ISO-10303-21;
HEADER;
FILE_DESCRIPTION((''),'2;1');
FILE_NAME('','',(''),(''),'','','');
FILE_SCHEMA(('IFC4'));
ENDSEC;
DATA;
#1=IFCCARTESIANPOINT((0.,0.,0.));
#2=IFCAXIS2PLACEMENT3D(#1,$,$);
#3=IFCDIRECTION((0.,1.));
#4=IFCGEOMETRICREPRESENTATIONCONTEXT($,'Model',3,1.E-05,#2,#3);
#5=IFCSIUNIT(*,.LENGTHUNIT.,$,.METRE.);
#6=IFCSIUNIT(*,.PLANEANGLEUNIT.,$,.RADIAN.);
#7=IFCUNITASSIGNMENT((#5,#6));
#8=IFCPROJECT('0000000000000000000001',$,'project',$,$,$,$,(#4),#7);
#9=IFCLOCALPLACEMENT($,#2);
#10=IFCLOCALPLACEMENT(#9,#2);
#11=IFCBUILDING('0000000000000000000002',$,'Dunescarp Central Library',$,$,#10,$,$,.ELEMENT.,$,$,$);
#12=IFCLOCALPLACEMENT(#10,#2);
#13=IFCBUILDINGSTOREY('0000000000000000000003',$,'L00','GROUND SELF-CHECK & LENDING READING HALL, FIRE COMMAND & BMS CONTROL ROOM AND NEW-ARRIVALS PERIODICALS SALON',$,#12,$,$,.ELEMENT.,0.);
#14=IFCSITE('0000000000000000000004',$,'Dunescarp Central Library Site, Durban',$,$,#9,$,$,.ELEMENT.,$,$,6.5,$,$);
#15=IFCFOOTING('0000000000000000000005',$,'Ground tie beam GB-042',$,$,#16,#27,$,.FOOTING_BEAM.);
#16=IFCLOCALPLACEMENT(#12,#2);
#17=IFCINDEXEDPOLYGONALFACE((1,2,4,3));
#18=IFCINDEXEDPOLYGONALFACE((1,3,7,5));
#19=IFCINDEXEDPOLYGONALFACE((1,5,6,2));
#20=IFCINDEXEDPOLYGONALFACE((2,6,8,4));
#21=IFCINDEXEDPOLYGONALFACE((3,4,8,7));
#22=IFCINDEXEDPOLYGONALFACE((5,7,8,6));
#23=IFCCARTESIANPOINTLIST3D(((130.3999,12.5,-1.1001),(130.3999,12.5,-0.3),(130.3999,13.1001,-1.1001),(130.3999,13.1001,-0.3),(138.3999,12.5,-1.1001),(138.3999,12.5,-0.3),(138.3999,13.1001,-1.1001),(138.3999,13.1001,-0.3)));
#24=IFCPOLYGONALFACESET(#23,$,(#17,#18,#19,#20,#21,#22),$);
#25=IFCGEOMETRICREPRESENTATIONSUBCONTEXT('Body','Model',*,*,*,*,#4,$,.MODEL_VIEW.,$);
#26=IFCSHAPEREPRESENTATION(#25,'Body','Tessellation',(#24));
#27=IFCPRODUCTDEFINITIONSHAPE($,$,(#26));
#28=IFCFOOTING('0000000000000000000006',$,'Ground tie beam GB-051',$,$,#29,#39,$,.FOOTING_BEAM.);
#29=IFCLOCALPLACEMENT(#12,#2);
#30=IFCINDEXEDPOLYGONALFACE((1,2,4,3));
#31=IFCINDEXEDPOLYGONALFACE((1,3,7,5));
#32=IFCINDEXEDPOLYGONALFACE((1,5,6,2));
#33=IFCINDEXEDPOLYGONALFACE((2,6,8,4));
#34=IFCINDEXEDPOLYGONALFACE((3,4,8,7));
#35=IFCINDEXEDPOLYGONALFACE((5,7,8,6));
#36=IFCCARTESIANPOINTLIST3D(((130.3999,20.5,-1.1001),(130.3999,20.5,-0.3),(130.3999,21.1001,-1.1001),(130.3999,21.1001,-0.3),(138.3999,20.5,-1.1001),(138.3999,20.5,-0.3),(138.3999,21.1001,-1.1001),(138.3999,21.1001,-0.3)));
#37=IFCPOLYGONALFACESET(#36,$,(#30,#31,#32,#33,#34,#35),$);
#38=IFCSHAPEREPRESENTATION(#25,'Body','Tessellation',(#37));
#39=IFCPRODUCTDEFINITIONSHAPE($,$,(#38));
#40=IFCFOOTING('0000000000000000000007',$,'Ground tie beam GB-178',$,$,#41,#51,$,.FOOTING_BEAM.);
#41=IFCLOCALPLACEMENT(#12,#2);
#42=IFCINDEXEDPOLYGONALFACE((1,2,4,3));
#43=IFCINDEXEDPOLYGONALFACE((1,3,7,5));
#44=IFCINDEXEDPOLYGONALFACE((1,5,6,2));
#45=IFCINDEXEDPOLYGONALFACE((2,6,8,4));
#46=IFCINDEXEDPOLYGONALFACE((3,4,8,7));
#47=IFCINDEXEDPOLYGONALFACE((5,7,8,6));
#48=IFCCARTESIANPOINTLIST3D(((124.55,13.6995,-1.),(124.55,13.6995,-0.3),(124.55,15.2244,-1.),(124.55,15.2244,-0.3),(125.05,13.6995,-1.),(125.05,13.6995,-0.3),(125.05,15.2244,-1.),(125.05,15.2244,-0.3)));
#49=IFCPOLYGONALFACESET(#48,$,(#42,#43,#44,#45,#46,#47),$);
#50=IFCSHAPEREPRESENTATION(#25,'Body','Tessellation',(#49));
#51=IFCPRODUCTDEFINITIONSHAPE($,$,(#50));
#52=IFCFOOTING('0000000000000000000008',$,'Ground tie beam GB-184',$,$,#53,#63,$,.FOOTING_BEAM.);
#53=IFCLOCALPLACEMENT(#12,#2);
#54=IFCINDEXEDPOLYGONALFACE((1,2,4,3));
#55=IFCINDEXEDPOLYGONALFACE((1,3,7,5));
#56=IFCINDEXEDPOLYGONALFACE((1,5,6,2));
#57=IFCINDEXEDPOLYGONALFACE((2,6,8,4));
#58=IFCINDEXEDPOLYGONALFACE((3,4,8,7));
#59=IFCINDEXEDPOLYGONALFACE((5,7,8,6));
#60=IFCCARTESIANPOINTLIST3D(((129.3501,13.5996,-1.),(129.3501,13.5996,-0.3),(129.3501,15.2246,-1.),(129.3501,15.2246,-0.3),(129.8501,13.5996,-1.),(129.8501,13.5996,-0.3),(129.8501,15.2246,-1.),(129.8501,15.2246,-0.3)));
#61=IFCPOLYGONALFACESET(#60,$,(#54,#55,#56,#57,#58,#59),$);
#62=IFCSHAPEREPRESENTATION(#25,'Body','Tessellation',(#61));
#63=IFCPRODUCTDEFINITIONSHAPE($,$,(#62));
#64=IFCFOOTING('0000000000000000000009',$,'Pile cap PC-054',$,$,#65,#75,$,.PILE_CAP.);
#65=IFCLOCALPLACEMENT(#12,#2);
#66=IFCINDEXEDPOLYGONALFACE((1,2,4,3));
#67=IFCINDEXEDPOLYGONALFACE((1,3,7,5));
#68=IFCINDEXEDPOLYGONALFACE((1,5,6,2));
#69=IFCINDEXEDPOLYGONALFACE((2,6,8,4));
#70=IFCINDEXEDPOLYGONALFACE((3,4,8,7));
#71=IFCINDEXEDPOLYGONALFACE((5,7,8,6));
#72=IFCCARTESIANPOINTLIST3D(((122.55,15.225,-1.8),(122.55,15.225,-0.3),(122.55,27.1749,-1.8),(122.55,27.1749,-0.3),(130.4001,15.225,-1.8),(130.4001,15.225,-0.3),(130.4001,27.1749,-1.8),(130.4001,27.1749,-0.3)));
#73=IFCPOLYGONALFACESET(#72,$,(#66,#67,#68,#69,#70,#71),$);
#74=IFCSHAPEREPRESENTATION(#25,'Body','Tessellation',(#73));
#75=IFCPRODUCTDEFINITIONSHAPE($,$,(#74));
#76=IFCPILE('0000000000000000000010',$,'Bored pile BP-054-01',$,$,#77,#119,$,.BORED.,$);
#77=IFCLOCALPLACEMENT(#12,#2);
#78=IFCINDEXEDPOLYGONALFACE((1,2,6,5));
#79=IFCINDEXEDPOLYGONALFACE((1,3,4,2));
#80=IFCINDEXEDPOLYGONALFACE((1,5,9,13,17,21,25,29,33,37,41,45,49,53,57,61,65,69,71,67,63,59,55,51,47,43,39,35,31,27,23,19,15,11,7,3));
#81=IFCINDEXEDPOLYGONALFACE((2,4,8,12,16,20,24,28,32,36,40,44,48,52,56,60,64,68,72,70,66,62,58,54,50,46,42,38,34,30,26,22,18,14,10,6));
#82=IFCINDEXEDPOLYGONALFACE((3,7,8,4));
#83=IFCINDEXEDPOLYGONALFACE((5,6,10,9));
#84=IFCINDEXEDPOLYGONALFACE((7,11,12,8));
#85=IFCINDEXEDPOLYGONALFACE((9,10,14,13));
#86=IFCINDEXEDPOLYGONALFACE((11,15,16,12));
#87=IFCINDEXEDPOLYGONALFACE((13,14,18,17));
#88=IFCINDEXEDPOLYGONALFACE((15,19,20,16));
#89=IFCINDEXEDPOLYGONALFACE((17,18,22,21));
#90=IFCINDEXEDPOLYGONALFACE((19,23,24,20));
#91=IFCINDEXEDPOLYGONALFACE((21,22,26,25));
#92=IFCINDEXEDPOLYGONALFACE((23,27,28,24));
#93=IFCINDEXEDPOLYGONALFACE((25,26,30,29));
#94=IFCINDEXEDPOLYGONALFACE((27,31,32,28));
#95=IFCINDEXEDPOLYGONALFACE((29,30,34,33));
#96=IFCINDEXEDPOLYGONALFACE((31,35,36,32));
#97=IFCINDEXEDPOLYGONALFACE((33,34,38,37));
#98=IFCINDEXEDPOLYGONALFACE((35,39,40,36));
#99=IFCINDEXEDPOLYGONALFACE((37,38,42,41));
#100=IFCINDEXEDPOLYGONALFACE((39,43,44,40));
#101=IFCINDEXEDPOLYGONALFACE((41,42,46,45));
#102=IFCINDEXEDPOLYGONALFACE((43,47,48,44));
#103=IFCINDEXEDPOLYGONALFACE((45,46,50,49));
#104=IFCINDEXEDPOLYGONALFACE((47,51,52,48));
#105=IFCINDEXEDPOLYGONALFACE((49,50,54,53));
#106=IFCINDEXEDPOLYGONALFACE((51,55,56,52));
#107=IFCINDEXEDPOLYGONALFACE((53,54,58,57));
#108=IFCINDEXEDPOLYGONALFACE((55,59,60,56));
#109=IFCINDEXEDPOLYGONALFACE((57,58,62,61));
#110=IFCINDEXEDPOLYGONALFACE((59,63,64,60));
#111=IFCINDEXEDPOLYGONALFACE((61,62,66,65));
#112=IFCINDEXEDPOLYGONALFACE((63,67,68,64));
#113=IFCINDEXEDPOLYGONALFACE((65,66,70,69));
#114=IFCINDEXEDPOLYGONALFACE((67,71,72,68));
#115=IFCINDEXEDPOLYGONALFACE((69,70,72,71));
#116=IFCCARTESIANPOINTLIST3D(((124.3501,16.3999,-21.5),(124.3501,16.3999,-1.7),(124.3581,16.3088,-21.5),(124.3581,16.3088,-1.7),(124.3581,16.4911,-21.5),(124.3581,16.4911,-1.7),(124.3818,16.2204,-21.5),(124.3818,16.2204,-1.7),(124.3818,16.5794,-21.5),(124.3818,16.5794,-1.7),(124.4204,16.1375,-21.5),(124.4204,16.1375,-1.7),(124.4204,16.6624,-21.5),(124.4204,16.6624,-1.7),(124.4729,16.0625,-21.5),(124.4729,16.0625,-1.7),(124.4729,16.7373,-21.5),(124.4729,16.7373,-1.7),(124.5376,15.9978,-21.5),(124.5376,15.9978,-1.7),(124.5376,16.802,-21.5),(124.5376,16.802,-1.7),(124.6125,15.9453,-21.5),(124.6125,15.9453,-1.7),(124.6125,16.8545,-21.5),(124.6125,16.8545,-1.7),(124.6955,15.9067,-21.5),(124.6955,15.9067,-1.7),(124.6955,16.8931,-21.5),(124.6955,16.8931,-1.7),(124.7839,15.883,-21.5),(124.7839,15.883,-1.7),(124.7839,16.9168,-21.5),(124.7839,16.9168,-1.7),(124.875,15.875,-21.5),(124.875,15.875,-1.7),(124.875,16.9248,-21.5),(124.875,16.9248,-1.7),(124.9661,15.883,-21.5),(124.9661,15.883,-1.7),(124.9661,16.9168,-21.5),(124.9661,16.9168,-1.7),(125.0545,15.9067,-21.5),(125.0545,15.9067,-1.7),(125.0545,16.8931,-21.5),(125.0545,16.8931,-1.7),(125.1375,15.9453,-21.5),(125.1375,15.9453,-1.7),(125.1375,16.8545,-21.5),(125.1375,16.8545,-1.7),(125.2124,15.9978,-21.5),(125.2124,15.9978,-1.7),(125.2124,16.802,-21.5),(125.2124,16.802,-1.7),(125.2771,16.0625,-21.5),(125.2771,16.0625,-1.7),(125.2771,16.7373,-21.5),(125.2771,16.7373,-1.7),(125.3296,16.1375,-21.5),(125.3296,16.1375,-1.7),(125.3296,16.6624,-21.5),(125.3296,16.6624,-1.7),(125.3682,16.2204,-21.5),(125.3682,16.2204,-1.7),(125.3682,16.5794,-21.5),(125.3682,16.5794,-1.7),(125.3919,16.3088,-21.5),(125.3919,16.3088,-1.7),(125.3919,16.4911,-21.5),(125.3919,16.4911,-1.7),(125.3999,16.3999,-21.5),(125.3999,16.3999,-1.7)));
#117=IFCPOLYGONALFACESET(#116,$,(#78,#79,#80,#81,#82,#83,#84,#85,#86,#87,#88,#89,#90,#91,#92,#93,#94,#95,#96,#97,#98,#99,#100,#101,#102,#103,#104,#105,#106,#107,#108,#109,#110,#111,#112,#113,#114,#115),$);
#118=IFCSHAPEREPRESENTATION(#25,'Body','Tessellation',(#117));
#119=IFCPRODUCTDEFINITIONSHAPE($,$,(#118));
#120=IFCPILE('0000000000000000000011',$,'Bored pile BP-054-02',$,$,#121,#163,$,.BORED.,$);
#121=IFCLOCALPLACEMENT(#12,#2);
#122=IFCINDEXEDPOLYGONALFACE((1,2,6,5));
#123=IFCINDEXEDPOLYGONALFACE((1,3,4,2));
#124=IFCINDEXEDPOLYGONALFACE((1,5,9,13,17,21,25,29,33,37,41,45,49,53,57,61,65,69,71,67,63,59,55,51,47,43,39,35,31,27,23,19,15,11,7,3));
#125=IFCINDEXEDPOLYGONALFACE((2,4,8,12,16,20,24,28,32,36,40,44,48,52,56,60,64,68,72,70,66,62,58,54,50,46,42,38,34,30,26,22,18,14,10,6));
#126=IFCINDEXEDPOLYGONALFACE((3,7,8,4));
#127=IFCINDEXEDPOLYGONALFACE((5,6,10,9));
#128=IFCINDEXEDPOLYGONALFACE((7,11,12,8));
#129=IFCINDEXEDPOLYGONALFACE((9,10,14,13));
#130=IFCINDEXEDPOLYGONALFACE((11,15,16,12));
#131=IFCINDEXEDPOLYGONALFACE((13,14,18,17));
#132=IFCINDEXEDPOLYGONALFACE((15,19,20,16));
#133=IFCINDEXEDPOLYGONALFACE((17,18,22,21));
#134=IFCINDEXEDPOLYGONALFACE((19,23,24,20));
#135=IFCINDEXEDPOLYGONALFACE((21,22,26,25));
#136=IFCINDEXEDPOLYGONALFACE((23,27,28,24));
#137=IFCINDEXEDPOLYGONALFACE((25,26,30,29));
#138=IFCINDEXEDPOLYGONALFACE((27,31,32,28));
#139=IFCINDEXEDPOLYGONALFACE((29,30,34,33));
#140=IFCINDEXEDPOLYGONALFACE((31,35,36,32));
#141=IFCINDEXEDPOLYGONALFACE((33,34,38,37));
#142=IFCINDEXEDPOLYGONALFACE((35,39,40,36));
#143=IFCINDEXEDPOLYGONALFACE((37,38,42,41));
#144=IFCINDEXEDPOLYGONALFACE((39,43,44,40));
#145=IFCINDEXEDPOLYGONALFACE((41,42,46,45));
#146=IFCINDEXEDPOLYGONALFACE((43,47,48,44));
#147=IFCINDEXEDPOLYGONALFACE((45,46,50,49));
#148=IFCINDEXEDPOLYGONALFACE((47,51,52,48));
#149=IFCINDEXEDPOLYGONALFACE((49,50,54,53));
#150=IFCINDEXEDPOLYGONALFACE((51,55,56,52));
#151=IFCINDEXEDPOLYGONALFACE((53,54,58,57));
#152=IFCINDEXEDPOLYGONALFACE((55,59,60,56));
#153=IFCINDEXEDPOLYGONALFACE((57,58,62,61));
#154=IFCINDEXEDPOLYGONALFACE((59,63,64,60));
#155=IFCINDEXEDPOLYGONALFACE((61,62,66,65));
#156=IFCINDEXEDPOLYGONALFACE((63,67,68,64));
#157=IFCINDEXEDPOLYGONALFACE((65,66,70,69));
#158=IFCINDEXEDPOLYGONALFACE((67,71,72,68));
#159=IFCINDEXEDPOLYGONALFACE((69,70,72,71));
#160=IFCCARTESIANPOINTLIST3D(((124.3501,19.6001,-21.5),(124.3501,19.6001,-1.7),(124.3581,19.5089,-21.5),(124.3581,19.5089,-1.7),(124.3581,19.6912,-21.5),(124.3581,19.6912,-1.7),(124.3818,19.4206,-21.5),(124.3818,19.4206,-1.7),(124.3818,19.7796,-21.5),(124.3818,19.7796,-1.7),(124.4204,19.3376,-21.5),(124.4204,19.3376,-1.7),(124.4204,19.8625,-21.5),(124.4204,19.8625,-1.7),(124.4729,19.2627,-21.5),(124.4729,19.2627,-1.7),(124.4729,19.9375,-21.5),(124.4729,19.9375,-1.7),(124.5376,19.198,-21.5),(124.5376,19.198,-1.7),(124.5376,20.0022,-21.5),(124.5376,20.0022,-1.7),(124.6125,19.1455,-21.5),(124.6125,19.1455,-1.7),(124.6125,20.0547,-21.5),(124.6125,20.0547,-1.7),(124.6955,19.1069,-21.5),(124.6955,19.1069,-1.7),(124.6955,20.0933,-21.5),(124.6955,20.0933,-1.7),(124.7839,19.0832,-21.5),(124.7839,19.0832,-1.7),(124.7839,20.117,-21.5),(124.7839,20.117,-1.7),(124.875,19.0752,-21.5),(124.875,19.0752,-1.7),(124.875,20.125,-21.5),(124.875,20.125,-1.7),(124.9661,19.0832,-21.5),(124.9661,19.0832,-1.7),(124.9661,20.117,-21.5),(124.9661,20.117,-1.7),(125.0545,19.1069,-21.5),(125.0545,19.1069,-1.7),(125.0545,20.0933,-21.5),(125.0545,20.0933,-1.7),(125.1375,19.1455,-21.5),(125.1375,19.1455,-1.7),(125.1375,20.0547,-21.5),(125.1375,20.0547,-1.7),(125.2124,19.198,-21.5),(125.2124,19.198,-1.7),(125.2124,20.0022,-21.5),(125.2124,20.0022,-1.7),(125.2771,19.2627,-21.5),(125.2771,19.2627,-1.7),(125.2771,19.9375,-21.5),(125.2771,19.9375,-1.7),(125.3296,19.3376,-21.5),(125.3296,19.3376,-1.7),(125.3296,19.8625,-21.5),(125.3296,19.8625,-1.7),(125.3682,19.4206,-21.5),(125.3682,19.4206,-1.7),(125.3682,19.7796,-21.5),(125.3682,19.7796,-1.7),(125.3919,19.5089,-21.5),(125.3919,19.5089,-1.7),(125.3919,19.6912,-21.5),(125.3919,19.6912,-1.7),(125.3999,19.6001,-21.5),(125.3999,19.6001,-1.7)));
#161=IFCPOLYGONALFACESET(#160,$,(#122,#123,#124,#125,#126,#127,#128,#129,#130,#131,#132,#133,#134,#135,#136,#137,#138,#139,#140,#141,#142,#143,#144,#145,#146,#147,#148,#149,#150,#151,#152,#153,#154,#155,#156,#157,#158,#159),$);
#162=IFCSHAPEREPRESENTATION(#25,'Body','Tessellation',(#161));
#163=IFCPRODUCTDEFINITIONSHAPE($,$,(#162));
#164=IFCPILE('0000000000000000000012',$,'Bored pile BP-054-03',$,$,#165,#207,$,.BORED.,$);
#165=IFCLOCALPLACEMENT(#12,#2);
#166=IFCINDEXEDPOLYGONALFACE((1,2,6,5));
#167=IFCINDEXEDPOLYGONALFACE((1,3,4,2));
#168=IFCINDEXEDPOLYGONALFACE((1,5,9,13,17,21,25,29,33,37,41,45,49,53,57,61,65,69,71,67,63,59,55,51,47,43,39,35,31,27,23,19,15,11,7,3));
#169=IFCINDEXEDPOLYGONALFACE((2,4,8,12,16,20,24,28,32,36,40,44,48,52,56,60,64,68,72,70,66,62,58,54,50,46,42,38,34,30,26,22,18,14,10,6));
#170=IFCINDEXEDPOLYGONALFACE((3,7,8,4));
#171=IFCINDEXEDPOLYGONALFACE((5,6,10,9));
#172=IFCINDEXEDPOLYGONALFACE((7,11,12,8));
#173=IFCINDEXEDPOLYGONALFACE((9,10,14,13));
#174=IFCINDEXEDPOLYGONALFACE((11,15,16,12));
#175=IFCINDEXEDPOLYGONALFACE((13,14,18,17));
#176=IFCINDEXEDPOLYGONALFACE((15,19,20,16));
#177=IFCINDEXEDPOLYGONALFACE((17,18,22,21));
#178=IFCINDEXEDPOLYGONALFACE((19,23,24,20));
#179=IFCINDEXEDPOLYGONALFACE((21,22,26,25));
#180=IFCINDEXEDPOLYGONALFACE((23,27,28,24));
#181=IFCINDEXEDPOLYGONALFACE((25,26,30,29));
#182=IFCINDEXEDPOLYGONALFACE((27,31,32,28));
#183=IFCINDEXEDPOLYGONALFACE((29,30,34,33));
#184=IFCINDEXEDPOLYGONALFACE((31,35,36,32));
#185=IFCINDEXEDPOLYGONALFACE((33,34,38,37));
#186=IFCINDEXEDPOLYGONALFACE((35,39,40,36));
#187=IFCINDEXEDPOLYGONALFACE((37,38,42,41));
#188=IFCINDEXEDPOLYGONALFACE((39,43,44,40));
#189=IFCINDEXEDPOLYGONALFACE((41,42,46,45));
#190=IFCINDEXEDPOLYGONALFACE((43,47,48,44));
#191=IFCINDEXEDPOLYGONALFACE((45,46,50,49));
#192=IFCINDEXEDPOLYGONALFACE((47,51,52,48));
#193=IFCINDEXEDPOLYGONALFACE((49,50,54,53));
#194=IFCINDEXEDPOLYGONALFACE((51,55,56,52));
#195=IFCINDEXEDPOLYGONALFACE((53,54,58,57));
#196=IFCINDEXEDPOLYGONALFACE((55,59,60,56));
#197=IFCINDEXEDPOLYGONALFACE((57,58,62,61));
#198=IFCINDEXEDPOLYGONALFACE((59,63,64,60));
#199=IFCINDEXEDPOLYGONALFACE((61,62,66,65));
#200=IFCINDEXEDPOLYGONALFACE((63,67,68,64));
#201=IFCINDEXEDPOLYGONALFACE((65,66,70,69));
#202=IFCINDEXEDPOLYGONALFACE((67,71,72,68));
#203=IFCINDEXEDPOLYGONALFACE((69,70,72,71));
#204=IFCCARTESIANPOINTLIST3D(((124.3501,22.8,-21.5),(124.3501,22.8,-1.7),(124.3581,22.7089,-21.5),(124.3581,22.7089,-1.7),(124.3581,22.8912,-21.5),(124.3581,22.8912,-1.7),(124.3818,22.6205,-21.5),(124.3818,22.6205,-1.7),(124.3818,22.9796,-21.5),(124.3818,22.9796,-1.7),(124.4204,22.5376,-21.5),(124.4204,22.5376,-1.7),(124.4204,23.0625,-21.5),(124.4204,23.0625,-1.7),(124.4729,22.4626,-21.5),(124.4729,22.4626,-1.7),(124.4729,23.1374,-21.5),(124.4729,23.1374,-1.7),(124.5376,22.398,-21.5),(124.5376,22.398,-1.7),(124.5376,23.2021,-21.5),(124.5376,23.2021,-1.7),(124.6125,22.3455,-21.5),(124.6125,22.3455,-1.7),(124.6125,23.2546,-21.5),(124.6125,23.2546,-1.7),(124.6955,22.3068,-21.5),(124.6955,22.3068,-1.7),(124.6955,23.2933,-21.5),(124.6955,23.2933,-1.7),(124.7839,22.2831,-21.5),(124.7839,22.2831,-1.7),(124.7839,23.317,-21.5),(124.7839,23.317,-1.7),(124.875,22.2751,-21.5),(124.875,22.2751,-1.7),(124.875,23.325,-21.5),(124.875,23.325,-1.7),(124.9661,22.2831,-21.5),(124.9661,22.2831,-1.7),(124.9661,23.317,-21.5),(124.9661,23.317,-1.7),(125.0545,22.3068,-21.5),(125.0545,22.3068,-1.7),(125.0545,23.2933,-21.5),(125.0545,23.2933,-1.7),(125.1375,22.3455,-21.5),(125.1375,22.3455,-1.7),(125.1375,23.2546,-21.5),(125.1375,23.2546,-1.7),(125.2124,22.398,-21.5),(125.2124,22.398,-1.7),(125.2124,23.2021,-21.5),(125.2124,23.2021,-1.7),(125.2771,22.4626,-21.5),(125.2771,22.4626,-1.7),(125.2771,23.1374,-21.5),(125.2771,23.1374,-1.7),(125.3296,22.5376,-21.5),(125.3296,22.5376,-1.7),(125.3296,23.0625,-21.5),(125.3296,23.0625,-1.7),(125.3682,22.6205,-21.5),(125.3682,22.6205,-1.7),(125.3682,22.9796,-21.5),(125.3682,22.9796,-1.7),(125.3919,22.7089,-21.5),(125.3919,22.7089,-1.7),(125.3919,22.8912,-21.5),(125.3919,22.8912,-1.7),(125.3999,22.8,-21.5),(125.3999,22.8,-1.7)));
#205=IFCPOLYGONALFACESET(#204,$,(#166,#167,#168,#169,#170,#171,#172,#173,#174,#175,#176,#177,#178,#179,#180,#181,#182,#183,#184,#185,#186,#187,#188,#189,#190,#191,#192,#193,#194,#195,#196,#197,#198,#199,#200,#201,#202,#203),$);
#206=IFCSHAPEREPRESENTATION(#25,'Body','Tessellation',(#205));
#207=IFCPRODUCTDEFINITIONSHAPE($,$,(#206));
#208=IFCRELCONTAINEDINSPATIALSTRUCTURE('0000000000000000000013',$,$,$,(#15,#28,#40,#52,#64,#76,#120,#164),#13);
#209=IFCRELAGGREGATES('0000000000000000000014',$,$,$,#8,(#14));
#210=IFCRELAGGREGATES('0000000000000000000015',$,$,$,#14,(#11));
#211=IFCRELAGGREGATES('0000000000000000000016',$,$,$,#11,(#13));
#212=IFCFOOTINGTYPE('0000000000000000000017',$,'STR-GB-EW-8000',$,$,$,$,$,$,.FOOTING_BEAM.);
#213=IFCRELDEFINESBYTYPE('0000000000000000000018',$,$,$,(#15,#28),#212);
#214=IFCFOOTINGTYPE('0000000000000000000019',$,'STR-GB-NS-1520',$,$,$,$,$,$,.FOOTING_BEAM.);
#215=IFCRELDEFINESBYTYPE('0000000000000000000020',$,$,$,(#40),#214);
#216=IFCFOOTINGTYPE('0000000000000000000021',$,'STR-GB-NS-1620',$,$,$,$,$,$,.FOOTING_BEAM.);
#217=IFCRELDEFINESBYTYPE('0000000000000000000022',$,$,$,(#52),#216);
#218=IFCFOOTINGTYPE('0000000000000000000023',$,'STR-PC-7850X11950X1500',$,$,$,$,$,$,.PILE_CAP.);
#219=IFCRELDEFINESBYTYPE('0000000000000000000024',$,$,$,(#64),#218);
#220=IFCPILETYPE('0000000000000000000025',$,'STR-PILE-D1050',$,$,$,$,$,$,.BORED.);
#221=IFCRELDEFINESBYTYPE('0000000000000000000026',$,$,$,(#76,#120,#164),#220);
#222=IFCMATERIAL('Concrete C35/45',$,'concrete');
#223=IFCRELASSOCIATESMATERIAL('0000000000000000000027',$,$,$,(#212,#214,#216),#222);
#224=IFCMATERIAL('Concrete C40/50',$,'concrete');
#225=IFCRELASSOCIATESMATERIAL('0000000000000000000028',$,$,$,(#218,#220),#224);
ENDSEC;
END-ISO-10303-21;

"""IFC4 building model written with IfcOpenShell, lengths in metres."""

from ifc_helpers import new_model, si_unit, direction, frame, origin, origin_2d, place, context, subcontext, project, spatial, rectangle, circle, extrude, material, material_profile, profile_set, type_object, element, save


model = new_model("IFC4")

# Units and contexts
model_context = context("Model", 3, precision=1e-05, world=origin(), true_north=direction((0.0, 1.0)))
body_context = subcontext(model_context, "Body", "Model", "MODEL_VIEW")
ifc_project = project(units=[si_unit("LENGTHUNIT", "METRE"), si_unit("PLANEANGLEUNIT", "RADIAN")], contexts=[model_context])

# Site, building, storey
site_placement = place(None, origin())
site = spatial("IfcSite", under=ifc_project, at=site_placement, Name="Dunescarp Central Library Site, Durban", CompositionType="ELEMENT", RefElevation=6.5)
building_placement = place(site_placement, origin())
building = spatial("IfcBuilding", under=site, at=building_placement, Name="Dunescarp Central Library", CompositionType="ELEMENT")
storey_placement = place(building_placement, origin())
storey = spatial("IfcBuildingStorey", under=building, at=storey_placement, Name="L00", Description="GROUND SELF-CHECK & LENDING READING HALL, FIRE COMMAND & BMS CONTROL ROOM AND NEW-ARRIVALS PERIODICALS SALON", CompositionType="ELEMENT", Elevation=0.0)

# Footings
ifc_material_1 = material(Name="Concrete C35/45", Category="concrete")
footing_type_1 = type_object("IfcFootingType", Name="STR-GB-EW-8000", PredefinedType="FOOTING_BEAM", material=ifc_material_1)
for number, where, z_axis, x_axis, name in (
    (1, (134.3999, 12.8, -1.1001), (0.0, 0.0, 1.0), (1.0, 0.0, 0.0), "Ground tie beam GB-042"),
    (2, (134.3999, 20.8, -1.1001), (0.0, 0.0, 1.0), (1.0, 0.0, 0.0), "Ground tie beam GB-051"),
):
    element("IfcFooting", number, at=place(storey_placement, frame(where, z_axis=z_axis, x_axis=x_axis)), inside=storey, type_object=footing_type_1, Name=name, PredefinedType="FOOTING_BEAM", context=body_context, shape_type="SweptSolid", body=[
        extrude(rectangle(XDim=8.0, YDim=0.6001, at=origin_2d()), origin(), (0.0, 0.0, 1.0), 0.8),
    ])
footing_type_2 = type_object("IfcFootingType", Name="STR-GB-NS-1520", PredefinedType="FOOTING_BEAM", material=ifc_material_1)
footing_1_placement = place(storey_placement, frame((124.8, 14.4619, -1.0), z_axis=(0.0, 0.0, 1.0), x_axis=(0.0, 1.0, 0.0)))
element("IfcFooting", 3, at=footing_1_placement, inside=storey, type_object=footing_type_2, Name="Ground tie beam GB-178", PredefinedType="FOOTING_BEAM", context=body_context, shape_type="SweptSolid", body=[
    extrude(rectangle(XDim=1.5249, YDim=0.5, at=origin_2d()), origin(), (0.0, 0.0, 1.0), 0.7),
])
footing_type_3 = type_object("IfcFootingType", Name="STR-GB-NS-1620", PredefinedType="FOOTING_BEAM", material=ifc_material_1)
footing_2_placement = place(storey_placement, frame((129.6001, 14.4121, -1.0), z_axis=(0.0, 0.0, 1.0), x_axis=(0.0, 1.0, 0.0)))
element("IfcFooting", 4, at=footing_2_placement, inside=storey, type_object=footing_type_3, Name="Ground tie beam GB-184", PredefinedType="FOOTING_BEAM", context=body_context, shape_type="SweptSolid", body=[
    extrude(rectangle(XDim=1.625, YDim=0.5, at=origin_2d()), origin(), (0.0, 0.0, 1.0), 0.7),
])
ifc_material_2 = material(Name="Concrete C40/50", Category="concrete")
footing_type_4 = type_object("IfcFootingType", Name="STR-PC-7850X11950X1500", PredefinedType="PILE_CAP", material=ifc_material_2)
footing_3_placement = place(storey_placement, frame((126.4751, 21.2, -1.8), z_axis=(0.0, 0.0, 1.0), x_axis=(1.0, 0.0, 0.0)))
element("IfcFooting", 5, at=footing_3_placement, inside=storey, type_object=footing_type_4, Name="Pile cap PC-054", PredefinedType="PILE_CAP", context=body_context, shape_type="SweptSolid", body=[
    extrude(rectangle(XDim=7.8501, YDim=11.95, at=origin_2d()), origin(), (0.0, 0.0, 1.0), 1.5),
])

# Piles
ifc_material_profile_1 = material_profile(ifc_material_2, circle(Radius=0.5249, at=origin_2d()), Name="PILE D1050")
ifc_profile_set_1 = profile_set([ifc_material_profile_1], Name="Concrete C40/50")
pile_type = type_object("IfcPileType", Name="STR-PILE-D1050", PredefinedType="BORED", material=ifc_profile_set_1)
for number, where, z_axis, x_axis, name in (
    (6, (124.875, 16.3999, -1.7), (0.0, 0.0, -1.0), (1.0, 0.0, 0.0), "Bored pile BP-054-01"),
    (7, (124.875, 19.6001, -1.7), (0.0, 0.0, -1.0), (1.0, 0.0, 0.0), "Bored pile BP-054-02"),
    (8, (124.875, 22.8, -1.7), (0.0, 0.0, -1.0), (1.0, 0.0, 0.0), "Bored pile BP-054-03"),
):
    element("IfcPile", number, at=place(storey_placement, frame(where, z_axis=z_axis, x_axis=x_axis)), inside=storey, type_object=pile_type, Name=name, PredefinedType="BORED", context=body_context, shape_type="SweptSolid", body=[
        extrude(circle(Radius=0.5249, at=origin_2d()), origin(), (0.0, 0.0, 1.0), 19.8),
    ])

save(model, "model.ifc")
